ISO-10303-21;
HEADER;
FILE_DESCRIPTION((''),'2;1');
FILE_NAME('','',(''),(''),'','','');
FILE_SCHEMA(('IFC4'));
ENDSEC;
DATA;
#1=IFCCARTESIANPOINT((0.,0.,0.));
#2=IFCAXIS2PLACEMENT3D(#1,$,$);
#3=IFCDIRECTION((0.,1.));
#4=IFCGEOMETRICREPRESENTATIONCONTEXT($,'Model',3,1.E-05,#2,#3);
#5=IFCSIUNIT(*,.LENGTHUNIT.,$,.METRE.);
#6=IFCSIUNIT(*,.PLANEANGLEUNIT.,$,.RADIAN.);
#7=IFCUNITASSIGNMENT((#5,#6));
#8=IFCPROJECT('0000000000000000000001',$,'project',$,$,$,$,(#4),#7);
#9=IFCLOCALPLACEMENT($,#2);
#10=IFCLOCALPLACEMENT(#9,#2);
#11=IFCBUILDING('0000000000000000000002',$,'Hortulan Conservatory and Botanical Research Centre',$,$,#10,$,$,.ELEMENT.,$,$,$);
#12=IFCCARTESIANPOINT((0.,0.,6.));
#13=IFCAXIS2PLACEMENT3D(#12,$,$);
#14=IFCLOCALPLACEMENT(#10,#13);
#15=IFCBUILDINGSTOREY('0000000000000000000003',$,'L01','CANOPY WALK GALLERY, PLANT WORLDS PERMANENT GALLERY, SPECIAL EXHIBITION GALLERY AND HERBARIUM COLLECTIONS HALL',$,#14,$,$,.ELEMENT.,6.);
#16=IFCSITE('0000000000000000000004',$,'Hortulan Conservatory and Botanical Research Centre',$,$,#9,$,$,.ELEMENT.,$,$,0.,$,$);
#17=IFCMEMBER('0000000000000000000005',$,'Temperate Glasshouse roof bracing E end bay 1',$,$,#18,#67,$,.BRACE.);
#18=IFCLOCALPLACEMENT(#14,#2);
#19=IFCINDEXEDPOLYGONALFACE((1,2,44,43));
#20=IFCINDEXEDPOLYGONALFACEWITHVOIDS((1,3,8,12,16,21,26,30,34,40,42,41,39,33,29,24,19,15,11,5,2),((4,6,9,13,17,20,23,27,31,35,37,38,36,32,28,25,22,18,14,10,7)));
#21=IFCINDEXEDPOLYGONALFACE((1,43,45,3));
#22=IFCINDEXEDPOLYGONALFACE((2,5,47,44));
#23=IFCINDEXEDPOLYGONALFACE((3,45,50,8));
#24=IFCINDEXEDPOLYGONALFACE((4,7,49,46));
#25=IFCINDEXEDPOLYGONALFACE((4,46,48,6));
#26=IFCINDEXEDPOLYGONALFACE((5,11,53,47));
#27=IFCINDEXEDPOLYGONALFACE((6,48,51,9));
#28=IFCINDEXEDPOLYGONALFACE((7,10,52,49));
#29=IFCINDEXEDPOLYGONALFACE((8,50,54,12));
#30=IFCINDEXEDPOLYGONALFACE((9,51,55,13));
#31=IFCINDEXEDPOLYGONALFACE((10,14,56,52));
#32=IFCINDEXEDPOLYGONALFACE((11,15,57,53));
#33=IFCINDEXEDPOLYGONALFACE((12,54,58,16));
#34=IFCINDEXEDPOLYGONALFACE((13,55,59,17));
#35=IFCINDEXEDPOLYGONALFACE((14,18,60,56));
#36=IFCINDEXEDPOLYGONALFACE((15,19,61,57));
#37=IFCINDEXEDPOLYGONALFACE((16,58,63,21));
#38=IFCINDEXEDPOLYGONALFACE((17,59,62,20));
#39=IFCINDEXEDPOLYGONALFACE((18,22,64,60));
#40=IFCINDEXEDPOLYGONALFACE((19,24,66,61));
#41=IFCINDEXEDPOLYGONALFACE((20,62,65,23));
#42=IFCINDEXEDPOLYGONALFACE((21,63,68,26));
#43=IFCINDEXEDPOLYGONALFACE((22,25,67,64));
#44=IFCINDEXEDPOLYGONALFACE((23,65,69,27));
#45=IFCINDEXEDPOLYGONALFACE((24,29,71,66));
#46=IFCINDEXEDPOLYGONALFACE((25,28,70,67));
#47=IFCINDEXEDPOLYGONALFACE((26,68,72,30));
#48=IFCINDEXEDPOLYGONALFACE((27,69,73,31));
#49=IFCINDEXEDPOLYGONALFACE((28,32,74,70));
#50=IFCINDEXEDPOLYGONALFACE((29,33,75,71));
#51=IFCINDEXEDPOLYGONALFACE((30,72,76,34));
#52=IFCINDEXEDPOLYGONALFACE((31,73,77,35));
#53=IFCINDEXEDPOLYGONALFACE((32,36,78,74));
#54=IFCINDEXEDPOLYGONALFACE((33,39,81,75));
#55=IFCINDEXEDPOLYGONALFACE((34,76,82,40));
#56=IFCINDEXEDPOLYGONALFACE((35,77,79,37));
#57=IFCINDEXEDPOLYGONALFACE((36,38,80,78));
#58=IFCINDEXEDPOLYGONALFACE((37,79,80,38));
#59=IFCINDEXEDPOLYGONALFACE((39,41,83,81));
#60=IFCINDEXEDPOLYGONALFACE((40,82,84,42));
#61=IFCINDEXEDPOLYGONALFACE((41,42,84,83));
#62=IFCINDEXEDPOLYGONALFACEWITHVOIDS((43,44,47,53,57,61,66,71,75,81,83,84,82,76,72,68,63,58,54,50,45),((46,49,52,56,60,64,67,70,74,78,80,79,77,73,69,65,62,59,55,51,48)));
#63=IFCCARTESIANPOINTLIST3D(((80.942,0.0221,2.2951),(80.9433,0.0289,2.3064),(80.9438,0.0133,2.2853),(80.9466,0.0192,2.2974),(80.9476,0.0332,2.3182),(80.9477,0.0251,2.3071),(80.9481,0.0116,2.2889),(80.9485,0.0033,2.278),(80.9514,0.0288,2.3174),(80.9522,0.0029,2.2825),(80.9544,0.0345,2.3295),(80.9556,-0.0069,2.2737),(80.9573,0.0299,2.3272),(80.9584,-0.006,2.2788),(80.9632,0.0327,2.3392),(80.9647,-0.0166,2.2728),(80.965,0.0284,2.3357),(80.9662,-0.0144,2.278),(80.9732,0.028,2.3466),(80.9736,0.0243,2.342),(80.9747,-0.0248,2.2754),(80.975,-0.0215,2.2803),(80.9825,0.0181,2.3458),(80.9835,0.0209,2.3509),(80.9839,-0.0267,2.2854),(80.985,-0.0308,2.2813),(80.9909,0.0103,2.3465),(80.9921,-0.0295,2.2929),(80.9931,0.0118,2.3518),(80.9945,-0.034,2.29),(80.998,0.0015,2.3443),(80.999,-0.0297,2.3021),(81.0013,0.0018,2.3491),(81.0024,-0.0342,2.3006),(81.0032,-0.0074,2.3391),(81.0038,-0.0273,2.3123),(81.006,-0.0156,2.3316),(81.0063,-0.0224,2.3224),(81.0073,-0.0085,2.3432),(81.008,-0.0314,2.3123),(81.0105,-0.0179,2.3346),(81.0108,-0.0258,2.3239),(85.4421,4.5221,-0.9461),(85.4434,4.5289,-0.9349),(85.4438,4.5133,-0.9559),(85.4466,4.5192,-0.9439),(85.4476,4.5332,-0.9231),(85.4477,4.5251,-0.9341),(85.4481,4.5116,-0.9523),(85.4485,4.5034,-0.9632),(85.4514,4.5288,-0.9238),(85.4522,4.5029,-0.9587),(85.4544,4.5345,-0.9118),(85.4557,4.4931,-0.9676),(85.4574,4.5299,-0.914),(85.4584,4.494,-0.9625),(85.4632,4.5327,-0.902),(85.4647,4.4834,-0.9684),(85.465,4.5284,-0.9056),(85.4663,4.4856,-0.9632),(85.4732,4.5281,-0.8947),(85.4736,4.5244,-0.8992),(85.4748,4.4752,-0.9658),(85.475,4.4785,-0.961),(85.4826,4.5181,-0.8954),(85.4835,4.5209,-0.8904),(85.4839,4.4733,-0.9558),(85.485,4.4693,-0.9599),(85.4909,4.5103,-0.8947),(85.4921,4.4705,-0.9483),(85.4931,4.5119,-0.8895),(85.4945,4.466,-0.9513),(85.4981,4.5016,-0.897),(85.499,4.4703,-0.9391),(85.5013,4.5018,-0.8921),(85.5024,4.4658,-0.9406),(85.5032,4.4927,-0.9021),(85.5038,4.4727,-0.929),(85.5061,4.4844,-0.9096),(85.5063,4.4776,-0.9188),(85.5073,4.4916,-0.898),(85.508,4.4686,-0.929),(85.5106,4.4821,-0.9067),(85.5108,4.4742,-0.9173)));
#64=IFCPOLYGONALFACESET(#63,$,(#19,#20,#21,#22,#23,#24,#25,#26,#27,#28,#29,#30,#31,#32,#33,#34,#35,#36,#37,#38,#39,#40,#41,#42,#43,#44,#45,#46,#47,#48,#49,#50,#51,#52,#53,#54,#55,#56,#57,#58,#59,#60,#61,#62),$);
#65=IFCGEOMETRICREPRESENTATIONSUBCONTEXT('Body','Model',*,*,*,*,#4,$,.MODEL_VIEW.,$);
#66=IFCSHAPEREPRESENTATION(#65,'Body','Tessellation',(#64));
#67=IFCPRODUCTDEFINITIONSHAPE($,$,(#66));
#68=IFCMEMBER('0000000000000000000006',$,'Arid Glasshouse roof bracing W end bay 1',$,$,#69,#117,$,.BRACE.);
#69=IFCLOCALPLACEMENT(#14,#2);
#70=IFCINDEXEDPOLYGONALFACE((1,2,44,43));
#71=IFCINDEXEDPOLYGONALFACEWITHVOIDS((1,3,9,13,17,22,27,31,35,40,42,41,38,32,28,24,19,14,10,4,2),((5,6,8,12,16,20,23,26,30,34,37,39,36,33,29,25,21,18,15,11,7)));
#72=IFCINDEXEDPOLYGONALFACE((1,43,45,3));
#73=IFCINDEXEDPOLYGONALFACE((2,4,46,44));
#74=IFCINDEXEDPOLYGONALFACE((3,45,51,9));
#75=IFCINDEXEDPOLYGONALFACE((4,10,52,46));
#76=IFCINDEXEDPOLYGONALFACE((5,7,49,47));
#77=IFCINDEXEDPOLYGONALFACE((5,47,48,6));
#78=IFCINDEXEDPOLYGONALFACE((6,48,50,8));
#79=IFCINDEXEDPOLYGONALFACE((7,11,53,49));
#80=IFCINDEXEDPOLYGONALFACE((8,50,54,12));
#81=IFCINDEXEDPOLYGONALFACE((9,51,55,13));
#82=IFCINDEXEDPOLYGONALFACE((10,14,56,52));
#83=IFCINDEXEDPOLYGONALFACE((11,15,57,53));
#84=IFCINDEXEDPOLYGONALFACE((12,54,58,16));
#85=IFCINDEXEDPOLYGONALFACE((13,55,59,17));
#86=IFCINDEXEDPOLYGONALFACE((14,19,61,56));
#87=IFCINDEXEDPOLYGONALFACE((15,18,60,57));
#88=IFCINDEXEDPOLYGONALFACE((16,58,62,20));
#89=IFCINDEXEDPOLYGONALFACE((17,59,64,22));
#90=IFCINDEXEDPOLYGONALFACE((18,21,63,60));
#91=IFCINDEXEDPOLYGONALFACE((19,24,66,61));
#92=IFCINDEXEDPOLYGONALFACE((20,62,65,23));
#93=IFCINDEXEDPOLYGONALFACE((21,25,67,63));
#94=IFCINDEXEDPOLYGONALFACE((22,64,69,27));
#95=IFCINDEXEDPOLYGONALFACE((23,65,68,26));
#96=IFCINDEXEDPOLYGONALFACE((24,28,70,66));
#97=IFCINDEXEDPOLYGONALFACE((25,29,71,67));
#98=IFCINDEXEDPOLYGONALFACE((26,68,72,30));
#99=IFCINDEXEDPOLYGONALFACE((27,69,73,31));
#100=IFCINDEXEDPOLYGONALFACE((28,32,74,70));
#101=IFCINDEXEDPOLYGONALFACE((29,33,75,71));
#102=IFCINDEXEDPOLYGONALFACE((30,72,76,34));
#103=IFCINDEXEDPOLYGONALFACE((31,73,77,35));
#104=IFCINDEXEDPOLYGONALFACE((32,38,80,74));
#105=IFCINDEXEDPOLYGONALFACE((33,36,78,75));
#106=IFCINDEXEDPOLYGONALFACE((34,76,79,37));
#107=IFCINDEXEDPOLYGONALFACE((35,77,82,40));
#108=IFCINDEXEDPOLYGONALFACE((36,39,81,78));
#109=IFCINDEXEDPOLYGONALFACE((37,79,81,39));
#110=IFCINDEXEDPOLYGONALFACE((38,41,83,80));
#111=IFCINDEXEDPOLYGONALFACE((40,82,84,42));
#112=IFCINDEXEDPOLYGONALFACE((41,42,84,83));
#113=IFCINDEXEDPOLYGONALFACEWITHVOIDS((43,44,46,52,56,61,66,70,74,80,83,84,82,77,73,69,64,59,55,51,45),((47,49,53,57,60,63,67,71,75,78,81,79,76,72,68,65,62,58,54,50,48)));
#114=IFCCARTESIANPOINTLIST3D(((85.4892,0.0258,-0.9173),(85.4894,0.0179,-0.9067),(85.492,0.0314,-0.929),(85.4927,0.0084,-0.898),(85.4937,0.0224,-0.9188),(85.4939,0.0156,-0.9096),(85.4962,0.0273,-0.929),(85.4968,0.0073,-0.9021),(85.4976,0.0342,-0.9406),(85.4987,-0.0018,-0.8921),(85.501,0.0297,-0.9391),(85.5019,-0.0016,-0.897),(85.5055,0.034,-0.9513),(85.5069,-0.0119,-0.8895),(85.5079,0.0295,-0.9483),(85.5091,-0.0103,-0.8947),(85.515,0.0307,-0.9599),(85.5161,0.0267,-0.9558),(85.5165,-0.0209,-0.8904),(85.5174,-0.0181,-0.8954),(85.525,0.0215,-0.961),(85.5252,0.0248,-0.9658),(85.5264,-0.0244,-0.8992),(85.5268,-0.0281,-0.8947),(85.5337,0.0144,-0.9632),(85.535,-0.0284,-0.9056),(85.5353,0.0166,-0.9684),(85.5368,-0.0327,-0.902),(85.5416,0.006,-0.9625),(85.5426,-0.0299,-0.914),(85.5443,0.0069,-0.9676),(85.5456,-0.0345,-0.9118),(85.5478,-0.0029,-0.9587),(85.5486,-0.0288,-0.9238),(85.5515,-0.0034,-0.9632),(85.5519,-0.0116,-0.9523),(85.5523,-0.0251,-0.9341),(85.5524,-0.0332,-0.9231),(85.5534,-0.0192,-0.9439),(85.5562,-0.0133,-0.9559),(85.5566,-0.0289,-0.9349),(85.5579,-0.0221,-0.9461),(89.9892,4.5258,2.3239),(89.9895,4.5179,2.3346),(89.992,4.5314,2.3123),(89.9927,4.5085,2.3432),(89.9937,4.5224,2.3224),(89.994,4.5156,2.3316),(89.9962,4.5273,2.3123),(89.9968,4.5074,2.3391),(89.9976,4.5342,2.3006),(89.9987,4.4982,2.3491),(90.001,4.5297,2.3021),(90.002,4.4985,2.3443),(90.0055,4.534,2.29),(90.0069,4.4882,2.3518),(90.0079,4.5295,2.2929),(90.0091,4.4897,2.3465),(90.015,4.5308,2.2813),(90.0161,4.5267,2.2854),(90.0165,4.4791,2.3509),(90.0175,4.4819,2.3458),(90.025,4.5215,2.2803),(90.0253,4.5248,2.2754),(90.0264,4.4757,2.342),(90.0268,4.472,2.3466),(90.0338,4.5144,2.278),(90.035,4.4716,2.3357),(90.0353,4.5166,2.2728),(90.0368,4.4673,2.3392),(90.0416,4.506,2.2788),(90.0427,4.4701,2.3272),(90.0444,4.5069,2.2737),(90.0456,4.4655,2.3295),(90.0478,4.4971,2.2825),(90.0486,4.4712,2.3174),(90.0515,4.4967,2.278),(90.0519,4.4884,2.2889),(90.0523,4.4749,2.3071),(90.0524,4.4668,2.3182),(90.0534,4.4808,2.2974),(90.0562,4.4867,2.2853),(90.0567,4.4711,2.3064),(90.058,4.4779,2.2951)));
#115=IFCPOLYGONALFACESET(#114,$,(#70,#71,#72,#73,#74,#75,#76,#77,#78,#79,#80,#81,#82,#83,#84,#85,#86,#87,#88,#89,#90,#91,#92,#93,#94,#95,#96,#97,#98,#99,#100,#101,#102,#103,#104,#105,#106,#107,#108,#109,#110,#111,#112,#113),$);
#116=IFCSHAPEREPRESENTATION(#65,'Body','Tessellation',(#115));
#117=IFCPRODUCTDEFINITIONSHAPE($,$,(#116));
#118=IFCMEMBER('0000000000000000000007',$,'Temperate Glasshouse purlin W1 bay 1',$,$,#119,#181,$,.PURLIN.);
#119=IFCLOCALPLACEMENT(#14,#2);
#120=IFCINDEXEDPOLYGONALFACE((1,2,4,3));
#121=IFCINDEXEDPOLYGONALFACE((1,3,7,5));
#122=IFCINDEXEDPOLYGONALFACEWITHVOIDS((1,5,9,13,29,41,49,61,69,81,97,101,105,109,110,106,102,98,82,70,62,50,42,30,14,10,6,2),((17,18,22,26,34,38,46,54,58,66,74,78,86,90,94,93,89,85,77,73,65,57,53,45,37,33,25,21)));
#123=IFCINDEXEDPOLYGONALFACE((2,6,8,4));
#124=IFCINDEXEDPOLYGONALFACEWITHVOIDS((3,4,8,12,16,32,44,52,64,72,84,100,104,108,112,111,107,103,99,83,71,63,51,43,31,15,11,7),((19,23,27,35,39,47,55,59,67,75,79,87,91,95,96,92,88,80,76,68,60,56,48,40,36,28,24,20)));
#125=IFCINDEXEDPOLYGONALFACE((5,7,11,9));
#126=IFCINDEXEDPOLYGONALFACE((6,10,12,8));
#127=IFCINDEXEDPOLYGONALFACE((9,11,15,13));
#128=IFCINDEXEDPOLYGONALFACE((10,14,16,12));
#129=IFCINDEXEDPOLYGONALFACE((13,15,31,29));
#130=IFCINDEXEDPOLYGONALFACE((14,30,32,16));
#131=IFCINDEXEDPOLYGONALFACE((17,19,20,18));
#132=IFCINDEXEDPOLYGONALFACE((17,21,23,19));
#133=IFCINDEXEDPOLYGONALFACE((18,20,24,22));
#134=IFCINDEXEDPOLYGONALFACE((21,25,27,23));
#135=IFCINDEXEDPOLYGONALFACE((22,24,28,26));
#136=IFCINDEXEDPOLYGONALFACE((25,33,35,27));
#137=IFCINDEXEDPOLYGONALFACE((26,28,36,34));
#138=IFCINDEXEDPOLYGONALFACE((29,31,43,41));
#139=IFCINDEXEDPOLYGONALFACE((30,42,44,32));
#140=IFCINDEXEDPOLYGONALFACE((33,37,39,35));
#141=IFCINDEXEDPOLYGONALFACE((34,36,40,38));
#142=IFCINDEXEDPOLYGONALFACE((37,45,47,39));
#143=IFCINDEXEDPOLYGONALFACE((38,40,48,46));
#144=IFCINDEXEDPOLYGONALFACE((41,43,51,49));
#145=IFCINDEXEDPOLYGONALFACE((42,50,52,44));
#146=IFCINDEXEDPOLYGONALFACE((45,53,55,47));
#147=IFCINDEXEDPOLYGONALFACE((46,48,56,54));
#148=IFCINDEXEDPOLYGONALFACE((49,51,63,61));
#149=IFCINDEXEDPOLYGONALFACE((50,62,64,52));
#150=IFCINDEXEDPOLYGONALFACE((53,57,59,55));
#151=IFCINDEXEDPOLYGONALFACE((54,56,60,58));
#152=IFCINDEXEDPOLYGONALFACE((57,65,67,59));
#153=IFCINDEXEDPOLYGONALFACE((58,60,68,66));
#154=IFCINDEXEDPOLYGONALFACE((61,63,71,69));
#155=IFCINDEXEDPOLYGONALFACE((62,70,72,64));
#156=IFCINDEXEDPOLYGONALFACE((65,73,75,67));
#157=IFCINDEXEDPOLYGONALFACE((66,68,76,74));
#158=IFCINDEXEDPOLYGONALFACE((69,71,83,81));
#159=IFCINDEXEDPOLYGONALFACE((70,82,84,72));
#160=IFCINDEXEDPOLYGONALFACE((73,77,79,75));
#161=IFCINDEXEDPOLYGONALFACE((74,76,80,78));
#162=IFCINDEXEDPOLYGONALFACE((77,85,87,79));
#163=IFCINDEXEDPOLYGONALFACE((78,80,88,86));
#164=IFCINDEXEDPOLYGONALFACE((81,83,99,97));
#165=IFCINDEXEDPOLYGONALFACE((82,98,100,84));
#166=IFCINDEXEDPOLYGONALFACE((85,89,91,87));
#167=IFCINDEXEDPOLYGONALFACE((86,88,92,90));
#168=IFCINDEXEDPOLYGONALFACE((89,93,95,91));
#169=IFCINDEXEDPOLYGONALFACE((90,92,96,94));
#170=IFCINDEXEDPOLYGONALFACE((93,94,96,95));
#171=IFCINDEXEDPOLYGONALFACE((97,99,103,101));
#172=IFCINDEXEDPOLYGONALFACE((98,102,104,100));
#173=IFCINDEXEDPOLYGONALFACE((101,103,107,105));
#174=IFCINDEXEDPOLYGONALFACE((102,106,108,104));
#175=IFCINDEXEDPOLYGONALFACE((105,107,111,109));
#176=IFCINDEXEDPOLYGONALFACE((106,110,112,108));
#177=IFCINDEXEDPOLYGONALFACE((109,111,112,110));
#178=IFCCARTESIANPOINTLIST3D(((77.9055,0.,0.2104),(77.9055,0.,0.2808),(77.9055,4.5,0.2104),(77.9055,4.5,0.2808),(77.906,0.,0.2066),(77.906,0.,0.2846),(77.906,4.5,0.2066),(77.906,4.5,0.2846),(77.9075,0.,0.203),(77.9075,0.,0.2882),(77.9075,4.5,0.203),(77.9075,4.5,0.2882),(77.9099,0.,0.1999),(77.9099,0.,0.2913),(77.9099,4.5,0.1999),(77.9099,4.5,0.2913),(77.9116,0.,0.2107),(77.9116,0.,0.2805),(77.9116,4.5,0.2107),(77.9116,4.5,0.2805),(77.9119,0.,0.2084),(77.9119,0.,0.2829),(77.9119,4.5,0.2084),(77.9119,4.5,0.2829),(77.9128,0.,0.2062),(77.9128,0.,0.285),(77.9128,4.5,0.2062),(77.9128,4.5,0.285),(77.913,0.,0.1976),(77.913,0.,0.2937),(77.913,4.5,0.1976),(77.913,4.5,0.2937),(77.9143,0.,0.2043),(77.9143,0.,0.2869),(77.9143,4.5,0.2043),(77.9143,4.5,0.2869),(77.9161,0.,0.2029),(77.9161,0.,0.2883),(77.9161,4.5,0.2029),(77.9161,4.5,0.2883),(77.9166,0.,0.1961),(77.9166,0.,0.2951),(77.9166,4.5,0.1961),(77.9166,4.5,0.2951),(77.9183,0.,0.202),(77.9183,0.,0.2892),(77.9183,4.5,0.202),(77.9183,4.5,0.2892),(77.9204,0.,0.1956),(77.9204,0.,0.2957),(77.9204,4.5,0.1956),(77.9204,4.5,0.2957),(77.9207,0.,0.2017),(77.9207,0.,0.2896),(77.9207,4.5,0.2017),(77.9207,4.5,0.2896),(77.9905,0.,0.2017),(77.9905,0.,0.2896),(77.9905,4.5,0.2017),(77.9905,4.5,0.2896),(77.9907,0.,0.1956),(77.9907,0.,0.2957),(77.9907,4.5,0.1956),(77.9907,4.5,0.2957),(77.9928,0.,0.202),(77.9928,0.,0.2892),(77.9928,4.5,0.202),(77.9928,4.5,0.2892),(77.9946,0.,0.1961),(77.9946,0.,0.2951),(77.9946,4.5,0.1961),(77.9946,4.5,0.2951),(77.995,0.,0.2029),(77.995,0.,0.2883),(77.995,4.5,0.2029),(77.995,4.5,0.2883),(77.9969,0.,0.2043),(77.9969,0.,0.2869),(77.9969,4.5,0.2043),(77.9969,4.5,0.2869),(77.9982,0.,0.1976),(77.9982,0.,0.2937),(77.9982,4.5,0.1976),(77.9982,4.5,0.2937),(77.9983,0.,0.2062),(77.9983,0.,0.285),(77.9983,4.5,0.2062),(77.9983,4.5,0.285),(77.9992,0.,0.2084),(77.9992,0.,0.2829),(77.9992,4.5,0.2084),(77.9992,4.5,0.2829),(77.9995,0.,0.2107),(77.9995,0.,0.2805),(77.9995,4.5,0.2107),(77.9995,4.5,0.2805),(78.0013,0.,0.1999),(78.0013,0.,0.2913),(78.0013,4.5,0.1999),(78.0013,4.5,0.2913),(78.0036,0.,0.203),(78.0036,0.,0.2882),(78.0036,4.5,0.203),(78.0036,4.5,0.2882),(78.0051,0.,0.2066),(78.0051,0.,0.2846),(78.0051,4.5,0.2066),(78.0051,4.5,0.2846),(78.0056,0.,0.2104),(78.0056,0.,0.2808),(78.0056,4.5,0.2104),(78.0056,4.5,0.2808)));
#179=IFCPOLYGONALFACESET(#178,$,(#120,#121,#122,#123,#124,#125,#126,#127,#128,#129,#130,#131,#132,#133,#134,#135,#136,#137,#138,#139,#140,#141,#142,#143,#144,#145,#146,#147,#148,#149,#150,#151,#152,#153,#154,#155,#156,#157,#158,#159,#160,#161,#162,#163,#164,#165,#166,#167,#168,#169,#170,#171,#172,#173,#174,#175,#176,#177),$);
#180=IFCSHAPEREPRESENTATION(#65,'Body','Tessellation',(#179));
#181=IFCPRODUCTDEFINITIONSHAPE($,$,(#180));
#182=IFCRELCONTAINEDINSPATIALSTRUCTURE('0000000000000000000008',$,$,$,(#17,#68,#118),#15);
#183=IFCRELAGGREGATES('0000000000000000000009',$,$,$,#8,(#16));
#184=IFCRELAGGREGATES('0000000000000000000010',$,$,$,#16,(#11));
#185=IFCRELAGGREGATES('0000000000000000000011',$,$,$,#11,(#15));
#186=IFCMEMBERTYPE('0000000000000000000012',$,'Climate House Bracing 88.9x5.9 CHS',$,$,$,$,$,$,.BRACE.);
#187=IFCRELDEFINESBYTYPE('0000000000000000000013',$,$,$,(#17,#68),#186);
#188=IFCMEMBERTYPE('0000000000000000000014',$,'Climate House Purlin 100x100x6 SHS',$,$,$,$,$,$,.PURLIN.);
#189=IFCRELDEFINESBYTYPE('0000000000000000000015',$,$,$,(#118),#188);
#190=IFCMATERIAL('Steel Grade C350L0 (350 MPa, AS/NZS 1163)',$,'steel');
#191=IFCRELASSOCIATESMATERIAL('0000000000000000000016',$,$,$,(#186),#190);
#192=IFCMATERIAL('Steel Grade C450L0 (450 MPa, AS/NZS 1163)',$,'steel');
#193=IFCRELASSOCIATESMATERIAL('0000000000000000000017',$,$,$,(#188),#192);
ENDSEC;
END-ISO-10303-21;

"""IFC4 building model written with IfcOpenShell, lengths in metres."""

from ifc_helpers import new_model, si_unit, direction, frame, origin, origin_2d, place, context, subcontext, project, spatial, hollow_rectangle, hollow_circle, extrude, material, material_profile, profile_set, type_object, element, save


model = new_model("IFC4")

# Units and contexts
model_context = context("Model", 3, precision=1e-05, world=origin(), true_north=direction((0.0, 1.0)))
body_context = subcontext(model_context, "Body", "Model", "MODEL_VIEW")
ifc_project = project(units=[si_unit("LENGTHUNIT", "METRE"), si_unit("PLANEANGLEUNIT", "RADIAN")], contexts=[model_context])

# Site, building, storey
site_placement = place(None, origin())
site = spatial("IfcSite", under=ifc_project, at=site_placement, Name="Hortulan Conservatory and Botanical Research Centre", CompositionType="ELEMENT", RefElevation=0.0)
building_placement = place(site_placement, origin())
building = spatial("IfcBuilding", under=site, at=building_placement, Name="Hortulan Conservatory and Botanical Research Centre", CompositionType="ELEMENT")
storey_placement = place(building_placement, frame((0.0, 0.0, 6.0)))
storey = spatial("IfcBuildingStorey", under=building, at=storey_placement, Name="L01", Description="CANOPY WALK GALLERY, PLANT WORLDS PERMANENT GALLERY, SPECIAL EXHIBITION GALLERY AND HERBARIUM COLLECTIONS HALL", CompositionType="ELEMENT", Elevation=6.0)

# Members
ifc_material_1 = material(Name="Steel Grade C350L0 (350 MPa, AS/NZS 1163)", Category="steel")
ifc_material_profile_1 = material_profile(ifc_material_1, hollow_circle(Radius=0.0444, WallThickness=0.0059, at=origin_2d()), Name="88.9x5.9CHS")
ifc_profile_set_1 = profile_set([ifc_material_profile_1], Name="Steel Grade C350L0 (350 MPa, AS/NZS 1163)")
member_type_1 = type_object("IfcMemberType", Name="Climate House Bracing 88.9x5.9 CHS", PredefinedType="BRACE", material=ifc_profile_set_1)
for number, where, z_axis, x_axis, name in (
    (1, (85.4766, 4.5, -0.929), (-0.630092, -0.630092, 0.453836), (0.707107, -0.707107, 0.0), "Temperate Glasshouse roof bracing E end bay 1"),
    (2, (85.5234, 0.0, -0.929), (0.630092, 0.630092, 0.453836), (-0.707107, 0.707107, 0.0), "Arid Glasshouse roof bracing W end bay 1"),
):
    element("IfcMember", number, at=place(storey_placement, frame(where, z_axis=z_axis, x_axis=x_axis)), inside=storey, type_object=member_type_1, Name=name, PredefinedType="BRACE", context=body_context, shape_type="SweptSolid", body=[
        extrude(hollow_circle(Radius=0.0444, WallThickness=0.0059, at=origin_2d()), origin(), (0.0, 0.0, 1.0), 7.1418),
    ])
ifc_material_2 = material(Name="Steel Grade C450L0 (450 MPa, AS/NZS 1163)", Category="steel")
ifc_material_profile_2 = material_profile(ifc_material_2, hollow_rectangle(XDim=0.1001, YDim=0.1001, WallThickness=0.0061, InnerFilletRadius=0.009, OuterFilletRadius=0.0149, at=origin_2d()), Name="100x100x6SHS")
ifc_profile_set_2 = profile_set([ifc_material_profile_2], Name="Steel Grade C450L0 (450 MPa, AS/NZS 1163)")
member_type_2 = type_object("IfcMemberType", Name="Climate House Purlin 100x100x6 SHS", PredefinedType="PURLIN", material=ifc_profile_set_2)
for number, where, z_axis, x_axis, name in (
    (3, (77.9556, 0.0, 0.2456), (0.0, 1.0, 0.0), (-1.0, 0.0, 0.0), "Temperate Glasshouse purlin W1 bay 1"),
):
    element("IfcMember", number, at=place(storey_placement, frame(where, z_axis=z_axis, x_axis=x_axis)), inside=storey, type_object=member_type_2, Name=name, PredefinedType="PURLIN", context=body_context, shape_type="SweptSolid", body=[
        extrude(hollow_rectangle(XDim=0.1001, YDim=0.1001, WallThickness=0.0061, InnerFilletRadius=0.009, OuterFilletRadius=0.0149, at=origin_2d()), origin(), (0.0, 0.0, 1.0), 4.5),
    ])

save(model, "model.ifc")
